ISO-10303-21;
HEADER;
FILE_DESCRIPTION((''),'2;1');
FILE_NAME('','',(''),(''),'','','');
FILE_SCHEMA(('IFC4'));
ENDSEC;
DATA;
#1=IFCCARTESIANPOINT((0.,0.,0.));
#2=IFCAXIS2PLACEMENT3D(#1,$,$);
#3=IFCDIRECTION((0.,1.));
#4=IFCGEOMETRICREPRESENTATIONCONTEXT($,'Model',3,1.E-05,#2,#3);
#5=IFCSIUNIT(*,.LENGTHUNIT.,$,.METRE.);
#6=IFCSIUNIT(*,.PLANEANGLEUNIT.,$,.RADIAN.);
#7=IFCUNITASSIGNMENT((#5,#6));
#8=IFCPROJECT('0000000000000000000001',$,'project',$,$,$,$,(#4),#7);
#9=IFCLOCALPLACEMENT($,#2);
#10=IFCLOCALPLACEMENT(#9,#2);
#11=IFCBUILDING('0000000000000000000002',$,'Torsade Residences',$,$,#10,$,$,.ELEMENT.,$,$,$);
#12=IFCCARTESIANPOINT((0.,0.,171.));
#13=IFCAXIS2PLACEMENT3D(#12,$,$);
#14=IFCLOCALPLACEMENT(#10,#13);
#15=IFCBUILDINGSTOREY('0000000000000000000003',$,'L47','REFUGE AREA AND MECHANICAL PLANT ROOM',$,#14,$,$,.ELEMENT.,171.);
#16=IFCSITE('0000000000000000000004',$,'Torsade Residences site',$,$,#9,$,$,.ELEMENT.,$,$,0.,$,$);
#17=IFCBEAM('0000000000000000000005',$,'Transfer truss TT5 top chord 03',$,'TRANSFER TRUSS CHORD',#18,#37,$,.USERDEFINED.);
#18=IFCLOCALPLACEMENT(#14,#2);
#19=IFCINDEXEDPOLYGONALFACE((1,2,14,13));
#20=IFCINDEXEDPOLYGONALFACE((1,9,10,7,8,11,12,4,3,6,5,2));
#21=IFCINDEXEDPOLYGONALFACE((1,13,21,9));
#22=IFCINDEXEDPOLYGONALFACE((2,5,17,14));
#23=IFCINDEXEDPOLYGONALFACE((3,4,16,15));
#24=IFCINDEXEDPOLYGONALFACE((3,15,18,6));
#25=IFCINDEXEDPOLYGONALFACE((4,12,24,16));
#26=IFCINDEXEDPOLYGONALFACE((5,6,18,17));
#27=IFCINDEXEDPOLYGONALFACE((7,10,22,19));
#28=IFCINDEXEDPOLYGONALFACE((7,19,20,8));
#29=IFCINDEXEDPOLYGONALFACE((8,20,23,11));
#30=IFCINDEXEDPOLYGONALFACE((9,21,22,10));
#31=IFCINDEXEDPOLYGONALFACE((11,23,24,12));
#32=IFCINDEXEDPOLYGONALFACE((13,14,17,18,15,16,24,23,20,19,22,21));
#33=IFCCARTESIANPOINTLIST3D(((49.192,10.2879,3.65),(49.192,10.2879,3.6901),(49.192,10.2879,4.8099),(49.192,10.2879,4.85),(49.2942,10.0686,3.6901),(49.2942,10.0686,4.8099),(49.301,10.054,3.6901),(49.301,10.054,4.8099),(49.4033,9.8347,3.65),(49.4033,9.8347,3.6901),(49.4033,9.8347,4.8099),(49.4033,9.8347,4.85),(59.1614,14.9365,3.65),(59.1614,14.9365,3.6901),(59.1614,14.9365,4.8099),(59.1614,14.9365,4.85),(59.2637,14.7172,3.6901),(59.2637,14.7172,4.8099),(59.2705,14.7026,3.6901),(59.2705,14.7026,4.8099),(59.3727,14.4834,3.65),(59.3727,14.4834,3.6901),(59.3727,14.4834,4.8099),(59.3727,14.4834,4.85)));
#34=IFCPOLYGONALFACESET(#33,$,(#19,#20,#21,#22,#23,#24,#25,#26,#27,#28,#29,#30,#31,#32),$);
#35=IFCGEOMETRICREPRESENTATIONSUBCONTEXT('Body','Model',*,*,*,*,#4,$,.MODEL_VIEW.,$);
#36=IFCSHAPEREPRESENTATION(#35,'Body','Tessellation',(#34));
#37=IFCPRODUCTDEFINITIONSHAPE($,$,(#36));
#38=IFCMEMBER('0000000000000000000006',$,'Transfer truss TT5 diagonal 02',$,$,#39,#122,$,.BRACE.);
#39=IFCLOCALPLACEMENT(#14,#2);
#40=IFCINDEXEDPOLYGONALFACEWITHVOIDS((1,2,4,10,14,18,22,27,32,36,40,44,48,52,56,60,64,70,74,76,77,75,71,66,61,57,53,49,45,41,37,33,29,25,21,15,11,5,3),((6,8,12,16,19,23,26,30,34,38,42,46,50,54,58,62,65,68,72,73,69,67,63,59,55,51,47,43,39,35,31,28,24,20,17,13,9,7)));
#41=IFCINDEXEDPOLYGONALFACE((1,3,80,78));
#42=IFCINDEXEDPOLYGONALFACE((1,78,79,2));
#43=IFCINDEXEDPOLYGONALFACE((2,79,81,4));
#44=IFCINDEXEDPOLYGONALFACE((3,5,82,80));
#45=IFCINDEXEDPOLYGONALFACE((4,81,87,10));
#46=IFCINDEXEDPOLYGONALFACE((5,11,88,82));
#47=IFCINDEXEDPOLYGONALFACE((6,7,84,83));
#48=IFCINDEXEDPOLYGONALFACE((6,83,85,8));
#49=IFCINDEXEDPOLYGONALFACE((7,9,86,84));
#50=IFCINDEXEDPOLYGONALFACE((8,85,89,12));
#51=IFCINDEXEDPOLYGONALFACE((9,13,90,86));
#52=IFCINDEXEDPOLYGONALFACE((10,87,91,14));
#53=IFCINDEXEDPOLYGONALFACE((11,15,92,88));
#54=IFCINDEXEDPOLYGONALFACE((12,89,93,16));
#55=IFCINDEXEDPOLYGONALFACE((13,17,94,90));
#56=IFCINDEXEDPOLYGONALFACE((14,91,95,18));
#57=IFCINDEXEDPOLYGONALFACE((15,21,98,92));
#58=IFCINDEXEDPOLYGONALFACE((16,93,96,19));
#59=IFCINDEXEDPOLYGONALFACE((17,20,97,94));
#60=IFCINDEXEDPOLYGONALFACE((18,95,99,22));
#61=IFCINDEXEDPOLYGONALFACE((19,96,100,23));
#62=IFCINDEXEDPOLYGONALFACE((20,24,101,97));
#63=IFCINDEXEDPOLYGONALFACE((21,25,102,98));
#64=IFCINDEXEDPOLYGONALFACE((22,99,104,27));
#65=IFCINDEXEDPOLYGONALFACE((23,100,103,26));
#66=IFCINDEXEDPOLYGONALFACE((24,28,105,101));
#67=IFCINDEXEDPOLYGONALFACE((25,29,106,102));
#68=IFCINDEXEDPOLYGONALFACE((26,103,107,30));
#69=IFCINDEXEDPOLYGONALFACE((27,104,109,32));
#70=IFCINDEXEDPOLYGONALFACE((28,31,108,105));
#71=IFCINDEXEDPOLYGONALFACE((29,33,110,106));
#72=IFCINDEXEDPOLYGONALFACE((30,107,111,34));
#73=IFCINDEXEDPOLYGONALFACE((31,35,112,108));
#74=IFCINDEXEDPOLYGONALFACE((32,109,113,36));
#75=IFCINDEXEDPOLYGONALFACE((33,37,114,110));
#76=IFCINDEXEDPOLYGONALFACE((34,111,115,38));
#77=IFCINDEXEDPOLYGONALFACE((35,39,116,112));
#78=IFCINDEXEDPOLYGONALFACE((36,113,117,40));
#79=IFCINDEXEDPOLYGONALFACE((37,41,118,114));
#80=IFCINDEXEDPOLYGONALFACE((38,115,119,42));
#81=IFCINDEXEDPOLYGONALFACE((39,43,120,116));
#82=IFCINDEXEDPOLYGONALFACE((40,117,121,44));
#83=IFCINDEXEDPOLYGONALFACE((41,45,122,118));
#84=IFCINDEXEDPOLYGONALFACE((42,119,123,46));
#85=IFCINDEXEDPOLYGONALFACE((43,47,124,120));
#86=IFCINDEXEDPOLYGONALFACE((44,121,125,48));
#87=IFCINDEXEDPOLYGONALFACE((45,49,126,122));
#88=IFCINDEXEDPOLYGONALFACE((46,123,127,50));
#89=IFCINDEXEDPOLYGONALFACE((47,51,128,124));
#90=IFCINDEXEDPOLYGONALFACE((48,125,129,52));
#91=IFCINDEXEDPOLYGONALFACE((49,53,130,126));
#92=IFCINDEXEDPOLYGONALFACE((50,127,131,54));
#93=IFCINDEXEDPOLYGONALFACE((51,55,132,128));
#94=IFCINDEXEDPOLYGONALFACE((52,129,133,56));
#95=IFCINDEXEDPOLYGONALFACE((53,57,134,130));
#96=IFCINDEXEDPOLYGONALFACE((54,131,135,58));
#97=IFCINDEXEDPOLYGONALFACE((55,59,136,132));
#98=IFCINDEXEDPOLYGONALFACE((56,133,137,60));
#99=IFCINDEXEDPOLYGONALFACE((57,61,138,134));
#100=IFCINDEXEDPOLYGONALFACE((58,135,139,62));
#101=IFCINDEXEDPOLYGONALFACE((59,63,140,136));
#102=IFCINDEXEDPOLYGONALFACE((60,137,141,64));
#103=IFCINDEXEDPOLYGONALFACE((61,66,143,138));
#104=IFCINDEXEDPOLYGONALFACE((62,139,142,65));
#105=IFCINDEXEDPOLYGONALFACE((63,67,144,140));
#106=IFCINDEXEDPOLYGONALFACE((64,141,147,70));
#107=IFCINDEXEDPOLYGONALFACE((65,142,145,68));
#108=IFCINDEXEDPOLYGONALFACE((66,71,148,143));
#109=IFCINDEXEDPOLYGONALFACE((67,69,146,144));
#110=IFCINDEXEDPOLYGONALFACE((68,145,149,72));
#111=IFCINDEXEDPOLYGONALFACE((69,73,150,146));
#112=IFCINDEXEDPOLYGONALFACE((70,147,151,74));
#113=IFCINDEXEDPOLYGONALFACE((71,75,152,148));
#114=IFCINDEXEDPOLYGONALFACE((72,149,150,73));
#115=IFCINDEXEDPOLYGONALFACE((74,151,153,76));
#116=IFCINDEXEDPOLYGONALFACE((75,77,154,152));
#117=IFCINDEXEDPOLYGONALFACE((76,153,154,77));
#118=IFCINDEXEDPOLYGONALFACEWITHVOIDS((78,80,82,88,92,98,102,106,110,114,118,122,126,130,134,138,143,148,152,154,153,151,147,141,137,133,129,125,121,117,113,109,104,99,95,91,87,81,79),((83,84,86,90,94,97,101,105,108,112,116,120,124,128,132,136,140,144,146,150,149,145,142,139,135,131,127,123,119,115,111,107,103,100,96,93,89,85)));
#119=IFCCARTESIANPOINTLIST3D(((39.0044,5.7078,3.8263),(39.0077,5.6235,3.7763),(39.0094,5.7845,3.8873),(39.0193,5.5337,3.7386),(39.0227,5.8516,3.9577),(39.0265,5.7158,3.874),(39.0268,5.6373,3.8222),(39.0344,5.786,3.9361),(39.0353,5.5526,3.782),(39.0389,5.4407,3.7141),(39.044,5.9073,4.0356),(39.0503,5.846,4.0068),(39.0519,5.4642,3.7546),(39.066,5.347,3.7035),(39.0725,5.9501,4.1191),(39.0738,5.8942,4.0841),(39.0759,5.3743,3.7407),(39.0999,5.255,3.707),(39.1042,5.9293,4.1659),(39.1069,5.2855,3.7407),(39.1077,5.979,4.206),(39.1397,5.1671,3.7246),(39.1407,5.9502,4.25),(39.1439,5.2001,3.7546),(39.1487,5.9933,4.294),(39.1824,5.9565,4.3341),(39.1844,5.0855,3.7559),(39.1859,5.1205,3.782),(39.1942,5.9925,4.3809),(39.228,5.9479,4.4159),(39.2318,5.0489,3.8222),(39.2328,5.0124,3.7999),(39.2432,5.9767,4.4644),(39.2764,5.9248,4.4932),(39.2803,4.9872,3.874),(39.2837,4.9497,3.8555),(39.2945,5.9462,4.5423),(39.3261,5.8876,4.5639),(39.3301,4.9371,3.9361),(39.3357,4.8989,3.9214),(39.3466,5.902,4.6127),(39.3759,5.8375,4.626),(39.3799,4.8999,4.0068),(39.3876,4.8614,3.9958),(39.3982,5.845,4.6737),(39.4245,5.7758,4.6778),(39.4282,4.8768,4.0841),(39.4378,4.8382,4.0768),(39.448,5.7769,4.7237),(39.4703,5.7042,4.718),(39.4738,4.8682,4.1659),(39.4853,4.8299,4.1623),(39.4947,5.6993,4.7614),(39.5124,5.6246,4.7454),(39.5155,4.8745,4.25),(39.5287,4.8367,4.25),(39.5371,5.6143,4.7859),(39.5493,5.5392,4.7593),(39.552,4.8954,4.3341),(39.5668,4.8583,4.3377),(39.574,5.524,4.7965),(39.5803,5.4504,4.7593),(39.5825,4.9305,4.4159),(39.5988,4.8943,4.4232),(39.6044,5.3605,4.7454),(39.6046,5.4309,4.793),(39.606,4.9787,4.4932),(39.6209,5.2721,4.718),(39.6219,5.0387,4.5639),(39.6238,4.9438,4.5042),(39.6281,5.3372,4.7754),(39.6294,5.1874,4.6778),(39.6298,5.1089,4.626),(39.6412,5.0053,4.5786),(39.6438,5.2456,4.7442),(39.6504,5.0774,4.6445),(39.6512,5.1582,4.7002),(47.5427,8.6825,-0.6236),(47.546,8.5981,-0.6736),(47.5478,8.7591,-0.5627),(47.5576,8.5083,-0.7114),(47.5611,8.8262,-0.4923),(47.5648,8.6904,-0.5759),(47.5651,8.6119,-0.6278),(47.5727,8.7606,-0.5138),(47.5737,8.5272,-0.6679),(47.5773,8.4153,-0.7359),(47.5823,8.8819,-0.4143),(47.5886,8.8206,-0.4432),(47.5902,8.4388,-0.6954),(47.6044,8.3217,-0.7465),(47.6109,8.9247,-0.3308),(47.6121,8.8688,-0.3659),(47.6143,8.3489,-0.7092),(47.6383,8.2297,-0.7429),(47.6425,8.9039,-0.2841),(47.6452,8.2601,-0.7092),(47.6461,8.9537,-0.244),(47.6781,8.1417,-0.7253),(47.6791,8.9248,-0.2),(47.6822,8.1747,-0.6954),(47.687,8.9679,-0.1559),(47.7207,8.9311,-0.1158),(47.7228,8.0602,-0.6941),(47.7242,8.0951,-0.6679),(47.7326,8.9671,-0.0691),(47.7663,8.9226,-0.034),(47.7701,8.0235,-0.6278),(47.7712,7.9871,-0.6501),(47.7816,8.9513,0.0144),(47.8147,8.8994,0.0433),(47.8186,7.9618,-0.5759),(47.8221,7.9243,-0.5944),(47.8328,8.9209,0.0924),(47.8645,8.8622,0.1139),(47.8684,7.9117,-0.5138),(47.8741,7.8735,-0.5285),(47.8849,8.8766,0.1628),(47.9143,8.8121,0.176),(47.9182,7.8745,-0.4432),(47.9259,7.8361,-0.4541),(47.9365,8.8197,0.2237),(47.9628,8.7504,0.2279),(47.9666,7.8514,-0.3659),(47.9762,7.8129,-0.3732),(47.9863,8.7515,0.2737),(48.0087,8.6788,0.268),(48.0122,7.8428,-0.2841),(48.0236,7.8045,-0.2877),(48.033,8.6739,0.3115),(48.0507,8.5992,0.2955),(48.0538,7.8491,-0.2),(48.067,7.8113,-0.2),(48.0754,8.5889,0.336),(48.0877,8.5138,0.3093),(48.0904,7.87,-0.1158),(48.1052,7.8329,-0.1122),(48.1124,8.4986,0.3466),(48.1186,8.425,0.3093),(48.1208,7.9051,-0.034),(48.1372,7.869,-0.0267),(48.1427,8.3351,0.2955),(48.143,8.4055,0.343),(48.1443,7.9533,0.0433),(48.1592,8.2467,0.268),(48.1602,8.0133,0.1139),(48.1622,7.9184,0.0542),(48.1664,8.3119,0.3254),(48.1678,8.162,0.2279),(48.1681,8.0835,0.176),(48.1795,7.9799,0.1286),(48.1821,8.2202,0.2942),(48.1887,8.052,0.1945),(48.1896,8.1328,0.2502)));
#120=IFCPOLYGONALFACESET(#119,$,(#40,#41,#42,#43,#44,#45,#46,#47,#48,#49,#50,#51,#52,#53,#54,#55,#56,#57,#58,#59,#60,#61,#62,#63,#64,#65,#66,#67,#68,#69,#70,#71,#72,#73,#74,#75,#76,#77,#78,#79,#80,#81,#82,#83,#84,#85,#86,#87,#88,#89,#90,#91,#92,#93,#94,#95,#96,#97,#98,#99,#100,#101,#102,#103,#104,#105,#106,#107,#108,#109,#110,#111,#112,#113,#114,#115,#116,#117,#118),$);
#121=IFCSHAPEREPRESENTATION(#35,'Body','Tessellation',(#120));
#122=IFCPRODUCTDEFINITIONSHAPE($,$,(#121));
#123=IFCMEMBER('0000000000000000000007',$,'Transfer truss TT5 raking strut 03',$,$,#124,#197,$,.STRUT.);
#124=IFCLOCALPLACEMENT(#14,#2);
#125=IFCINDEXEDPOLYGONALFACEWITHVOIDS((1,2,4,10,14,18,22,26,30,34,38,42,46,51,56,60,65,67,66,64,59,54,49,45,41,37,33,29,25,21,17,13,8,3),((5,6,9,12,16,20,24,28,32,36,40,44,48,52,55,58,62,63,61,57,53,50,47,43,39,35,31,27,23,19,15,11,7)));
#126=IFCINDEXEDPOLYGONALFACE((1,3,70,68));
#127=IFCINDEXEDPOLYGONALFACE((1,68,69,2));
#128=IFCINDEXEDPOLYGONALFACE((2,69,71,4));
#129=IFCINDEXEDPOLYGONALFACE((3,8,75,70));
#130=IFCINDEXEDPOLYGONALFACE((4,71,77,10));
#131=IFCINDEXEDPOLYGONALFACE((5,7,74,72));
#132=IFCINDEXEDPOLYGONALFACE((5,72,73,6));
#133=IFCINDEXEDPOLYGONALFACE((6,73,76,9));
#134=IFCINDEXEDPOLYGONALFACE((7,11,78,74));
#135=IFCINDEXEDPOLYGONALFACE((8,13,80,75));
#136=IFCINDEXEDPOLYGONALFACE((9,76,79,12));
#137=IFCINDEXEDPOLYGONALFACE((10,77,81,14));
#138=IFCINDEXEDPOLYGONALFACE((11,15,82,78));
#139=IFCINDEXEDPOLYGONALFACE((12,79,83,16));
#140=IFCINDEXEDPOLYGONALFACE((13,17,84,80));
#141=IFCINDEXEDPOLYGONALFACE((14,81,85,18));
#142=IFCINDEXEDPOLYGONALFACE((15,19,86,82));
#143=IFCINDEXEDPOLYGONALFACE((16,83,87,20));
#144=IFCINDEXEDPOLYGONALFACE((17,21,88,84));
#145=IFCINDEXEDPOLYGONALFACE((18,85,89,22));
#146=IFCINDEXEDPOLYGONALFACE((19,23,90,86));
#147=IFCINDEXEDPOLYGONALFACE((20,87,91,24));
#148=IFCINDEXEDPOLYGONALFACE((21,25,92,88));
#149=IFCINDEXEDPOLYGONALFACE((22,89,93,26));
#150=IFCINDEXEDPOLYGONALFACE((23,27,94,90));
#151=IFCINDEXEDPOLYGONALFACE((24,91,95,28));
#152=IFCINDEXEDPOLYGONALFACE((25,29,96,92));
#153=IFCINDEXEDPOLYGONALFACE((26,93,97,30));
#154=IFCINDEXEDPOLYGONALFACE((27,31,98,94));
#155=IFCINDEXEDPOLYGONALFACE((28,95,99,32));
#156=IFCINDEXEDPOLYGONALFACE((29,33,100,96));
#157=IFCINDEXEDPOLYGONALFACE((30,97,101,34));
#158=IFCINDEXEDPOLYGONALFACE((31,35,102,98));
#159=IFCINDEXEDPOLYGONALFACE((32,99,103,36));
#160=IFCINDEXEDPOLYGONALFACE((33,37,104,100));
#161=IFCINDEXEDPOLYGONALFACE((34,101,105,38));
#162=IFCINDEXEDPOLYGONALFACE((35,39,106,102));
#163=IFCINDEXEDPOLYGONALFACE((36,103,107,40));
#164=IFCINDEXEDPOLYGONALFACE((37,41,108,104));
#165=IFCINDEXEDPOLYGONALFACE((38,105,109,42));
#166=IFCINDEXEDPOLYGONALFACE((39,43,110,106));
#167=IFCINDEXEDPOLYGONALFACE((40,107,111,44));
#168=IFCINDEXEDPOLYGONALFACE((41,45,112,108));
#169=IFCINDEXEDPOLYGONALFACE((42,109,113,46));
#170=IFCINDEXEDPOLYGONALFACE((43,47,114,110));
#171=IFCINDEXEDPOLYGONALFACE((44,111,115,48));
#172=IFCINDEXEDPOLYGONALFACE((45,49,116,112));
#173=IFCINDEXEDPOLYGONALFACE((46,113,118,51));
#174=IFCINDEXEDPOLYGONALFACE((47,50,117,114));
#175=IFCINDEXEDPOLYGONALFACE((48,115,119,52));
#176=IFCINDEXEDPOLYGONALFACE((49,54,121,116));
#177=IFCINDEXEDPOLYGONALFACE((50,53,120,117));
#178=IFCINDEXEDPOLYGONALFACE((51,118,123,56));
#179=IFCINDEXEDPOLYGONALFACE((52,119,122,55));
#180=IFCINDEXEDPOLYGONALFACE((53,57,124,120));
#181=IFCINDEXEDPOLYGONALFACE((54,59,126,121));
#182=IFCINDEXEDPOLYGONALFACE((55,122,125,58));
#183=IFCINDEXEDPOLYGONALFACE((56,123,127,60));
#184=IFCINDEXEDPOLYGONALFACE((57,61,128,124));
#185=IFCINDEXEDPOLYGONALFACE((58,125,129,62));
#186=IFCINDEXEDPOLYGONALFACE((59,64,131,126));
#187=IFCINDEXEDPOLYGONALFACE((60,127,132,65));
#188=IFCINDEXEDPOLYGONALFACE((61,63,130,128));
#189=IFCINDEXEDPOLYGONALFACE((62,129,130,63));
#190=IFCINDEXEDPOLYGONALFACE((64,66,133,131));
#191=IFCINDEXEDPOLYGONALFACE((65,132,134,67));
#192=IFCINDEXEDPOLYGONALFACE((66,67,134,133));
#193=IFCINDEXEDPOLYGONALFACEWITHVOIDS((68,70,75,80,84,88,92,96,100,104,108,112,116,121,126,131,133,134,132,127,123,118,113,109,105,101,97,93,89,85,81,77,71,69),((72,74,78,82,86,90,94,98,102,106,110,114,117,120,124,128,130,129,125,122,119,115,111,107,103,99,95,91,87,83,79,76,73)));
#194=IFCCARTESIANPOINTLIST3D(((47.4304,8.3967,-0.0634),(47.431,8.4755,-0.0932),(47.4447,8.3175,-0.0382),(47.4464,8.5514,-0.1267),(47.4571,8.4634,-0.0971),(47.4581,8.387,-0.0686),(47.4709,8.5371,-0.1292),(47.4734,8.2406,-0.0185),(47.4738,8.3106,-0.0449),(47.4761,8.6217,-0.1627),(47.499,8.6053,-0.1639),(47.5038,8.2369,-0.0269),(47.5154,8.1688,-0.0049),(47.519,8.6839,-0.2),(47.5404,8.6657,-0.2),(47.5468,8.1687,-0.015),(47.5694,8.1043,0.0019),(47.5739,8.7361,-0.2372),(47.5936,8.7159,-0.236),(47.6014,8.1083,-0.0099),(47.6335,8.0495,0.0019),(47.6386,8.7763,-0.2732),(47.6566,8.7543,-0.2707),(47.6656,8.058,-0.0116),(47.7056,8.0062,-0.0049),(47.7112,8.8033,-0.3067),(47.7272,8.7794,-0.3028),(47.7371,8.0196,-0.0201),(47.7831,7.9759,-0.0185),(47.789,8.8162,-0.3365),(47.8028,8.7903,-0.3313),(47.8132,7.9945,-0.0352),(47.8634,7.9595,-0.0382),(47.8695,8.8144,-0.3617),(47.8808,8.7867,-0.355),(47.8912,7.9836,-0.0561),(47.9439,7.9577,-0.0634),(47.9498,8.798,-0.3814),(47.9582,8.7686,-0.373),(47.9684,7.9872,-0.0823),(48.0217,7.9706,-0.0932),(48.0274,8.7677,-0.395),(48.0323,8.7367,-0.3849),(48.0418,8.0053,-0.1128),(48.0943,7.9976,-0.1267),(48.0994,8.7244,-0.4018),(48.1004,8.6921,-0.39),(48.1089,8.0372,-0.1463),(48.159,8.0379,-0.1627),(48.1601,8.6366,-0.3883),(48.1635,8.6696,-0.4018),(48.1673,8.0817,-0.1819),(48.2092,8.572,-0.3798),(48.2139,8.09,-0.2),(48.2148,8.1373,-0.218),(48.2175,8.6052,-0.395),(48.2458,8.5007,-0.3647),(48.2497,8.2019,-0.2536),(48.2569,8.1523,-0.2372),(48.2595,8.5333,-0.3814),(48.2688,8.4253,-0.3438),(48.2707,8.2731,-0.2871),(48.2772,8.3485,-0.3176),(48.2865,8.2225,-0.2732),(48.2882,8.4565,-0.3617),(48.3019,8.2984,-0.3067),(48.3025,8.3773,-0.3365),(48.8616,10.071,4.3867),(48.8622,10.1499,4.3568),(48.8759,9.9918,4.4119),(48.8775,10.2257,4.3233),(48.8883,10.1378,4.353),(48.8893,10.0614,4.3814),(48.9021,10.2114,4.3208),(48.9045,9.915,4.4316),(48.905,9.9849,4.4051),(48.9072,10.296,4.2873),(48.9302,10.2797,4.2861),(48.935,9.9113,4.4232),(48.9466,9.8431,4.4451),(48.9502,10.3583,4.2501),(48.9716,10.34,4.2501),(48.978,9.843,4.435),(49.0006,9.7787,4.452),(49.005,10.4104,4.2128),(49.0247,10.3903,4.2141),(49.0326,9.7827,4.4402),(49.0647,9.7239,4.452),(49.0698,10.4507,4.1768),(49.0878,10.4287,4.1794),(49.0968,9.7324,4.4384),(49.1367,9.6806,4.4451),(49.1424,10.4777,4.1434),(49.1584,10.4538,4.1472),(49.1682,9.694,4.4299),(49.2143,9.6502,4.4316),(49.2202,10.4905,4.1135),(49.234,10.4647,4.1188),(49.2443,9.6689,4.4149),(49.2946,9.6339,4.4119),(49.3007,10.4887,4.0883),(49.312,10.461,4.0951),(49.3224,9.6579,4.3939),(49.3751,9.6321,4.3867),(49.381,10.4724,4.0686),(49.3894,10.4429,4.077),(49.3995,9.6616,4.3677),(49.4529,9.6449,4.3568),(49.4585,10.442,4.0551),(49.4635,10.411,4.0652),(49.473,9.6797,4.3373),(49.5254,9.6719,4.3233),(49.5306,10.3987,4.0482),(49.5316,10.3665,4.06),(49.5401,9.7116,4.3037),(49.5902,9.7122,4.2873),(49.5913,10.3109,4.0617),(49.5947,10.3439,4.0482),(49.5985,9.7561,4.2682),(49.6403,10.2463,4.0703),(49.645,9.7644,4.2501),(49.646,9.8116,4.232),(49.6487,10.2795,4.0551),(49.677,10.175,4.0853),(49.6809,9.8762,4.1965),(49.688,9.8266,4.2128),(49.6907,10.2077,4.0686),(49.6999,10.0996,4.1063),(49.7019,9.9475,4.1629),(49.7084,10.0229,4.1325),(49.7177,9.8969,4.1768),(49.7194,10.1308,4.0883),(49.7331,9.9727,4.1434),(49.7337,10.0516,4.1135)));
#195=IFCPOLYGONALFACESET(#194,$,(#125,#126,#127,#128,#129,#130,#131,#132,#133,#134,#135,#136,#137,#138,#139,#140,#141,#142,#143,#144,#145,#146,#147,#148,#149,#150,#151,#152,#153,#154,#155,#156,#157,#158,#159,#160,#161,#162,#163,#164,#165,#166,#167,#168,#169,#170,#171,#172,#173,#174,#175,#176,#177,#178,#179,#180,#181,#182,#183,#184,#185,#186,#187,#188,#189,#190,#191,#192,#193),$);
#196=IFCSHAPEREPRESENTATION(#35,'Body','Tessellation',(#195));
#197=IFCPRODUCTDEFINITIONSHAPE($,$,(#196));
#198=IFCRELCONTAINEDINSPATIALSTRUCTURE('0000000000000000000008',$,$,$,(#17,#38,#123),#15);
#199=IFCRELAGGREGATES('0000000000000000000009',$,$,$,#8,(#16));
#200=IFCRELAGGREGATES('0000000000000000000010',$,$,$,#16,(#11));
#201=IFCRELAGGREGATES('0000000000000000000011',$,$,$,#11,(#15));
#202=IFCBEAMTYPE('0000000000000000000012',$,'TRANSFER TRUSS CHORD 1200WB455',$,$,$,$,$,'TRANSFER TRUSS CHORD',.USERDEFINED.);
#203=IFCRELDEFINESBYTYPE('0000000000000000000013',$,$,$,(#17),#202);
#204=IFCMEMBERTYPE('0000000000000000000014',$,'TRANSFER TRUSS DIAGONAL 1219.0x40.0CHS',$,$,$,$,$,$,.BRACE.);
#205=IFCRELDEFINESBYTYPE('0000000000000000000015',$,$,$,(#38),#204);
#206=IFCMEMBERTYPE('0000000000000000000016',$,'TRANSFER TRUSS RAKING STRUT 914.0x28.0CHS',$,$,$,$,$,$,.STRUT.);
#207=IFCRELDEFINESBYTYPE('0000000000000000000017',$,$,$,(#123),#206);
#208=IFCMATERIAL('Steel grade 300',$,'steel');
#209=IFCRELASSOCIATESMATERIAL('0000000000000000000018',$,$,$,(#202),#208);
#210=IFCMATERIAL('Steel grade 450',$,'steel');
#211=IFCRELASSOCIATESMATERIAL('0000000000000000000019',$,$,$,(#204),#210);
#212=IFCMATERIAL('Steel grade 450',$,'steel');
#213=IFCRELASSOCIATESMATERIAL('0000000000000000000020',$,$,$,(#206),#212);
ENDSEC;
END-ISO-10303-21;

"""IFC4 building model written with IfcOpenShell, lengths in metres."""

from ifc_helpers import new_model, si_unit, direction, frame, origin, origin_2d, place, context, subcontext, project, spatial, hollow_circle, i_section, extrude, material, material_profile, profile_set, type_object, element, save


model = new_model("IFC4")

# Units and contexts
model_context = context("Model", 3, precision=1e-05, world=origin(), true_north=direction((0.0, 1.0)))
body_context = subcontext(model_context, "Body", "Model", "MODEL_VIEW")
ifc_project = project(units=[si_unit("LENGTHUNIT", "METRE"), si_unit("PLANEANGLEUNIT", "RADIAN")], contexts=[model_context])

# Site, building, storey
site_placement = place(None, origin())
site = spatial("IfcSite", under=ifc_project, at=site_placement, Name="Torsade Residences site", CompositionType="ELEMENT", RefElevation=0.0)
building_placement = place(site_placement, origin())
building = spatial("IfcBuilding", under=site, at=building_placement, Name="Torsade Residences", CompositionType="ELEMENT")
storey_placement = place(building_placement, frame((0.0, 0.0, 171.0)))
storey = spatial("IfcBuildingStorey", under=building, at=storey_placement, Name="L47", Description="REFUGE AREA AND MECHANICAL PLANT ROOM", CompositionType="ELEMENT", Elevation=171.0)

# Beam
ifc_material_1 = material(Name="Steel grade 300", Category="steel")
ifc_material_profile_1 = material_profile(ifc_material_1, i_section(OverallWidth=0.5, OverallDepth=1.2, WebThickness=0.0161, FlangeThickness=0.04, at=origin_2d()), Name="1200WB455")
ifc_profile_set_1 = profile_set([ifc_material_profile_1], Name="Steel grade 300")
beam_type_1 = type_object("IfcBeamType", Name="TRANSFER TRUSS CHORD 1200WB455", ElementType="TRANSFER TRUSS CHORD", PredefinedType="USERDEFINED", material=ifc_profile_set_1)
beam_1_placement = place(storey_placement, frame((49.2976, 10.0613, 4.25), z_axis=(0.906314, 0.422606, 0.0), x_axis=(-0.422606, 0.906314, 0.0)))
element("IfcBeam", 1, at=beam_1_placement, inside=storey, type_object=beam_type_1, Name="Transfer truss TT5 top chord 03", ObjectType="TRANSFER TRUSS CHORD", PredefinedType="USERDEFINED", context=body_context, shape_type="SweptSolid", body=[
    extrude(i_section(OverallWidth=0.5, OverallDepth=1.2, WebThickness=0.0161, FlangeThickness=0.04, at=origin_2d()), origin(), (0.0, 0.0, 1.0), 11.0),
])

# Members
ifc_material_2 = material(Name="Steel grade 450", Category="steel")
ifc_material_profile_2 = material_profile(ifc_material_2, hollow_circle(Radius=0.6096, WallThickness=0.04, at=origin_2d()), Name="1219.0x40.0CHS")
ifc_profile_set_2 = profile_set([ifc_material_profile_2], Name="Steel grade 450")
member_type_1 = type_object("IfcMemberType", Name="TRANSFER TRUSS DIAGONAL 1219.0x40.0CHS", PredefinedType="BRACE", material=ifc_profile_set_2)
member_1_placement = place(storey_placement, frame((47.8665, 8.387, -0.2), z_axis=(-0.847277, -0.295177, 0.441578), x_axis=(0.32899, -0.944333, 0.0)))
element("IfcMember", 2, at=member_1_placement, inside=storey, type_object=member_type_1, Name="Transfer truss TT5 diagonal 02", PredefinedType="BRACE", context=body_context, shape_type="SweptSolid", body=[
    extrude(hollow_circle(Radius=0.6096, WallThickness=0.04, at=origin_2d()), origin(), (0.0, 0.0, 1.0), 10.0774),
])
ifc_material_3 = material(Name="Steel grade 450", Category="steel")
ifc_material_profile_3 = material_profile(ifc_material_3, hollow_circle(Radius=0.457, WallThickness=0.0281, at=origin_2d()), Name="914.0x28.0CHS")
ifc_profile_set_3 = profile_set([ifc_material_profile_3], Name="Steel grade 450")
member_type_2 = type_object("IfcMemberType", Name="TRANSFER TRUSS RAKING STRUT 914.0x28.0CHS", PredefinedType="STRUT", material=ifc_profile_set_3)
member_2_placement = place(storey_placement, frame((47.8665, 8.387, -0.2), z_axis=(0.288234, 0.337208, 0.896221), x_axis=(-0.760148, 0.64975, 0.0)))
element("IfcMember", 3, at=member_2_placement, inside=storey, type_object=member_type_2, Name="Transfer truss TT5 raking strut 03", PredefinedType="STRUT", context=body_context, shape_type="SweptSolid", body=[
    extrude(hollow_circle(Radius=0.457, WallThickness=0.0281, at=origin_2d()), origin(), (0.0, 0.0, 1.0), 4.9653),
])

save(model, "model.ifc")
